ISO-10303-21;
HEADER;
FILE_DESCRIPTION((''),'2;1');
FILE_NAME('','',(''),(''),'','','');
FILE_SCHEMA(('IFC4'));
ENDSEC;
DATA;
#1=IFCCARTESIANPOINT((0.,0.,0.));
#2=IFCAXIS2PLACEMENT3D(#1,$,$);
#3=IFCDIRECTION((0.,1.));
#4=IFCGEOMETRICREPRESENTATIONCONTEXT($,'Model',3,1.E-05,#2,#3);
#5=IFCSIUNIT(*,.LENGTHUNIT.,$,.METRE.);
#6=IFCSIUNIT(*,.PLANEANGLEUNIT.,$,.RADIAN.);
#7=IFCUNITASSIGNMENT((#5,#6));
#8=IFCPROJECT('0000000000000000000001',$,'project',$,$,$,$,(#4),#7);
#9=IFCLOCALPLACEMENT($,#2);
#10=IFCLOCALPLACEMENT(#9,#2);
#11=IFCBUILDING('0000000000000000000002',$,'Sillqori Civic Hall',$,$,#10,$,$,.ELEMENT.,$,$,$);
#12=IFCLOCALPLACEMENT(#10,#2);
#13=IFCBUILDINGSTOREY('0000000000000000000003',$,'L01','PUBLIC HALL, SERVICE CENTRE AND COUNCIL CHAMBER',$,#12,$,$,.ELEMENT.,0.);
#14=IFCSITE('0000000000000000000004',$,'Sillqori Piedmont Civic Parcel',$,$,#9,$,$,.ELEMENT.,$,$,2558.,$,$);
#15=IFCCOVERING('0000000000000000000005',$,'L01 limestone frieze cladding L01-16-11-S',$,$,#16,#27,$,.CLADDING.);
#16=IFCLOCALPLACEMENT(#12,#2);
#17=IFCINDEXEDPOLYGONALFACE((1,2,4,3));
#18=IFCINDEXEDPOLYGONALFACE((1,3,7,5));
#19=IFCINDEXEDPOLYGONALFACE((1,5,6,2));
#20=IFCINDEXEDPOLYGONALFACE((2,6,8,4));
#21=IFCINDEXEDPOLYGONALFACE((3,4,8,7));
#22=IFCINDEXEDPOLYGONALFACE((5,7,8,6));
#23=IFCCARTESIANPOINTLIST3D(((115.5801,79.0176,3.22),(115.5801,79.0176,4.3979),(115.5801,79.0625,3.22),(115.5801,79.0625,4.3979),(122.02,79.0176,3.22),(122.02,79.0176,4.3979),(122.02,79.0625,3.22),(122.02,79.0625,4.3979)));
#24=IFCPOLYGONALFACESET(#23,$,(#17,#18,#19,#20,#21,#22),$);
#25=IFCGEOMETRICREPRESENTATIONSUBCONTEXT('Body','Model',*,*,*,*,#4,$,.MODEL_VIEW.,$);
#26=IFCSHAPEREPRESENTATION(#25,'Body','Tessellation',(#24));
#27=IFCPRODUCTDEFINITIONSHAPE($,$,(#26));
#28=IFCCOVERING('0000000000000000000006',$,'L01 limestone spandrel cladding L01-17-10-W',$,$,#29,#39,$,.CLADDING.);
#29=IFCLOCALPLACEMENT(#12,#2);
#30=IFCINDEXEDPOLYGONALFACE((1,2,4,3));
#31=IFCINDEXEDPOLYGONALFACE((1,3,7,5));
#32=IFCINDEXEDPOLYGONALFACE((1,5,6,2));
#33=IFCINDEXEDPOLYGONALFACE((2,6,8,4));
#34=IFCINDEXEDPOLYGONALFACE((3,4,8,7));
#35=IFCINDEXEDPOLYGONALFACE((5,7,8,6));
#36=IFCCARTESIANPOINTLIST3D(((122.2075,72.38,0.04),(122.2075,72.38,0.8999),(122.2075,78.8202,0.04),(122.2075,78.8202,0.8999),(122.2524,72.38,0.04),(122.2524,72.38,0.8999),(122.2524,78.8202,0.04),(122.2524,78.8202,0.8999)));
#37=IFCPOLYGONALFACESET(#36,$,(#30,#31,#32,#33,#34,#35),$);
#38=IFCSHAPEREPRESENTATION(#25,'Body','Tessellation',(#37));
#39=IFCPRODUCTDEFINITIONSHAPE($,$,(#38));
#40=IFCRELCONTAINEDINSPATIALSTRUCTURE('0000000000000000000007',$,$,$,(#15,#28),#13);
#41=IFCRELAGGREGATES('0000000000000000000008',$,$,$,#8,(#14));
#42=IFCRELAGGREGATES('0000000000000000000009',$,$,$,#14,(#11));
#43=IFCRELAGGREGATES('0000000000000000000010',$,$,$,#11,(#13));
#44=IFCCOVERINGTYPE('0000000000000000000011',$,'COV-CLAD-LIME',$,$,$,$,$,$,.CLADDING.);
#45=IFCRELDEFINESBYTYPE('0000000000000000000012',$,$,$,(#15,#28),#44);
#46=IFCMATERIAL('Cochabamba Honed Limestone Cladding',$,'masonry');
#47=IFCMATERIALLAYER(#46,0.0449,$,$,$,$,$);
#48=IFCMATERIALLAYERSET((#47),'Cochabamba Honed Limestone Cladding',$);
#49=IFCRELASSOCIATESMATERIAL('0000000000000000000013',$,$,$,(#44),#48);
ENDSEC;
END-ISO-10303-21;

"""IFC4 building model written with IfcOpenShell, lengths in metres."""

from ifc_helpers import new_model, si_unit, direction, frame, frame_2d, origin, place, context, subcontext, project, spatial, rectangle, extrude, material, layer, layer_set, type_object, element, save


model = new_model("IFC4")

# Units and contexts
model_context = context("Model", 3, precision=1e-05, world=origin(), true_north=direction((0.0, 1.0)))
body_context = subcontext(model_context, "Body", "Model", "MODEL_VIEW")
ifc_project = project(units=[si_unit("LENGTHUNIT", "METRE"), si_unit("PLANEANGLEUNIT", "RADIAN")], contexts=[model_context])

# Site, building, storey
site_placement = place(None, origin())
site = spatial("IfcSite", under=ifc_project, at=site_placement, Name="Sillqori Piedmont Civic Parcel", CompositionType="ELEMENT", RefElevation=2558.0)
building_placement = place(site_placement, origin())
building = spatial("IfcBuilding", under=site, at=building_placement, Name="Sillqori Civic Hall", CompositionType="ELEMENT")
storey_placement = place(building_placement, origin())
storey = spatial("IfcBuildingStorey", under=building, at=storey_placement, Name="L01", Description="PUBLIC HALL, SERVICE CENTRE AND COUNCIL CHAMBER", CompositionType="ELEMENT", Elevation=0.0)

# Coverings
ifc_material_1 = material(Name="Cochabamba Honed Limestone Cladding", Category="masonry")
ifc_layer_1 = layer(ifc_material_1, 0.0449)
ifc_layer_set_1 = layer_set([ifc_layer_1], Name="Cochabamba Honed Limestone Cladding")
covering_type = type_object("IfcCoveringType", Name="COV-CLAD-LIME", PredefinedType="CLADDING", material=ifc_layer_set_1)
covering_1_placement = place(storey_placement, frame((122.02, 79.04, 3.22), z_axis=(0.0, 0.0, 1.0), x_axis=(-1.0, 0.0, 0.0)))
element("IfcCovering", 1, at=covering_1_placement, inside=storey, type_object=covering_type, Name="L01 limestone frieze cladding L01-16-11-S", PredefinedType="CLADDING", context=body_context, shape_type="SweptSolid", body=[
    extrude(rectangle(XDim=6.4399, YDim=0.0449, at=frame_2d((3.22, 0.0))), origin(), (0.0, 0.0, 1.0), 1.178),
])
covering_2_placement = place(storey_placement, frame((122.23, 72.3799, 0.04), z_axis=(0.0, 0.0, 1.0), x_axis=(0.0, 1.0, 0.0)))
element("IfcCovering", 2, at=covering_2_placement, inside=storey, type_object=covering_type, Name="L01 limestone spandrel cladding L01-17-10-W", PredefinedType="CLADDING", context=body_context, shape_type="SweptSolid", body=[
    extrude(rectangle(XDim=6.4402, YDim=0.0449, at=frame_2d((3.2202, 0.0))), origin(), (0.0, 0.0, 1.0), 0.8599),
])

save(model, "model.ifc")
